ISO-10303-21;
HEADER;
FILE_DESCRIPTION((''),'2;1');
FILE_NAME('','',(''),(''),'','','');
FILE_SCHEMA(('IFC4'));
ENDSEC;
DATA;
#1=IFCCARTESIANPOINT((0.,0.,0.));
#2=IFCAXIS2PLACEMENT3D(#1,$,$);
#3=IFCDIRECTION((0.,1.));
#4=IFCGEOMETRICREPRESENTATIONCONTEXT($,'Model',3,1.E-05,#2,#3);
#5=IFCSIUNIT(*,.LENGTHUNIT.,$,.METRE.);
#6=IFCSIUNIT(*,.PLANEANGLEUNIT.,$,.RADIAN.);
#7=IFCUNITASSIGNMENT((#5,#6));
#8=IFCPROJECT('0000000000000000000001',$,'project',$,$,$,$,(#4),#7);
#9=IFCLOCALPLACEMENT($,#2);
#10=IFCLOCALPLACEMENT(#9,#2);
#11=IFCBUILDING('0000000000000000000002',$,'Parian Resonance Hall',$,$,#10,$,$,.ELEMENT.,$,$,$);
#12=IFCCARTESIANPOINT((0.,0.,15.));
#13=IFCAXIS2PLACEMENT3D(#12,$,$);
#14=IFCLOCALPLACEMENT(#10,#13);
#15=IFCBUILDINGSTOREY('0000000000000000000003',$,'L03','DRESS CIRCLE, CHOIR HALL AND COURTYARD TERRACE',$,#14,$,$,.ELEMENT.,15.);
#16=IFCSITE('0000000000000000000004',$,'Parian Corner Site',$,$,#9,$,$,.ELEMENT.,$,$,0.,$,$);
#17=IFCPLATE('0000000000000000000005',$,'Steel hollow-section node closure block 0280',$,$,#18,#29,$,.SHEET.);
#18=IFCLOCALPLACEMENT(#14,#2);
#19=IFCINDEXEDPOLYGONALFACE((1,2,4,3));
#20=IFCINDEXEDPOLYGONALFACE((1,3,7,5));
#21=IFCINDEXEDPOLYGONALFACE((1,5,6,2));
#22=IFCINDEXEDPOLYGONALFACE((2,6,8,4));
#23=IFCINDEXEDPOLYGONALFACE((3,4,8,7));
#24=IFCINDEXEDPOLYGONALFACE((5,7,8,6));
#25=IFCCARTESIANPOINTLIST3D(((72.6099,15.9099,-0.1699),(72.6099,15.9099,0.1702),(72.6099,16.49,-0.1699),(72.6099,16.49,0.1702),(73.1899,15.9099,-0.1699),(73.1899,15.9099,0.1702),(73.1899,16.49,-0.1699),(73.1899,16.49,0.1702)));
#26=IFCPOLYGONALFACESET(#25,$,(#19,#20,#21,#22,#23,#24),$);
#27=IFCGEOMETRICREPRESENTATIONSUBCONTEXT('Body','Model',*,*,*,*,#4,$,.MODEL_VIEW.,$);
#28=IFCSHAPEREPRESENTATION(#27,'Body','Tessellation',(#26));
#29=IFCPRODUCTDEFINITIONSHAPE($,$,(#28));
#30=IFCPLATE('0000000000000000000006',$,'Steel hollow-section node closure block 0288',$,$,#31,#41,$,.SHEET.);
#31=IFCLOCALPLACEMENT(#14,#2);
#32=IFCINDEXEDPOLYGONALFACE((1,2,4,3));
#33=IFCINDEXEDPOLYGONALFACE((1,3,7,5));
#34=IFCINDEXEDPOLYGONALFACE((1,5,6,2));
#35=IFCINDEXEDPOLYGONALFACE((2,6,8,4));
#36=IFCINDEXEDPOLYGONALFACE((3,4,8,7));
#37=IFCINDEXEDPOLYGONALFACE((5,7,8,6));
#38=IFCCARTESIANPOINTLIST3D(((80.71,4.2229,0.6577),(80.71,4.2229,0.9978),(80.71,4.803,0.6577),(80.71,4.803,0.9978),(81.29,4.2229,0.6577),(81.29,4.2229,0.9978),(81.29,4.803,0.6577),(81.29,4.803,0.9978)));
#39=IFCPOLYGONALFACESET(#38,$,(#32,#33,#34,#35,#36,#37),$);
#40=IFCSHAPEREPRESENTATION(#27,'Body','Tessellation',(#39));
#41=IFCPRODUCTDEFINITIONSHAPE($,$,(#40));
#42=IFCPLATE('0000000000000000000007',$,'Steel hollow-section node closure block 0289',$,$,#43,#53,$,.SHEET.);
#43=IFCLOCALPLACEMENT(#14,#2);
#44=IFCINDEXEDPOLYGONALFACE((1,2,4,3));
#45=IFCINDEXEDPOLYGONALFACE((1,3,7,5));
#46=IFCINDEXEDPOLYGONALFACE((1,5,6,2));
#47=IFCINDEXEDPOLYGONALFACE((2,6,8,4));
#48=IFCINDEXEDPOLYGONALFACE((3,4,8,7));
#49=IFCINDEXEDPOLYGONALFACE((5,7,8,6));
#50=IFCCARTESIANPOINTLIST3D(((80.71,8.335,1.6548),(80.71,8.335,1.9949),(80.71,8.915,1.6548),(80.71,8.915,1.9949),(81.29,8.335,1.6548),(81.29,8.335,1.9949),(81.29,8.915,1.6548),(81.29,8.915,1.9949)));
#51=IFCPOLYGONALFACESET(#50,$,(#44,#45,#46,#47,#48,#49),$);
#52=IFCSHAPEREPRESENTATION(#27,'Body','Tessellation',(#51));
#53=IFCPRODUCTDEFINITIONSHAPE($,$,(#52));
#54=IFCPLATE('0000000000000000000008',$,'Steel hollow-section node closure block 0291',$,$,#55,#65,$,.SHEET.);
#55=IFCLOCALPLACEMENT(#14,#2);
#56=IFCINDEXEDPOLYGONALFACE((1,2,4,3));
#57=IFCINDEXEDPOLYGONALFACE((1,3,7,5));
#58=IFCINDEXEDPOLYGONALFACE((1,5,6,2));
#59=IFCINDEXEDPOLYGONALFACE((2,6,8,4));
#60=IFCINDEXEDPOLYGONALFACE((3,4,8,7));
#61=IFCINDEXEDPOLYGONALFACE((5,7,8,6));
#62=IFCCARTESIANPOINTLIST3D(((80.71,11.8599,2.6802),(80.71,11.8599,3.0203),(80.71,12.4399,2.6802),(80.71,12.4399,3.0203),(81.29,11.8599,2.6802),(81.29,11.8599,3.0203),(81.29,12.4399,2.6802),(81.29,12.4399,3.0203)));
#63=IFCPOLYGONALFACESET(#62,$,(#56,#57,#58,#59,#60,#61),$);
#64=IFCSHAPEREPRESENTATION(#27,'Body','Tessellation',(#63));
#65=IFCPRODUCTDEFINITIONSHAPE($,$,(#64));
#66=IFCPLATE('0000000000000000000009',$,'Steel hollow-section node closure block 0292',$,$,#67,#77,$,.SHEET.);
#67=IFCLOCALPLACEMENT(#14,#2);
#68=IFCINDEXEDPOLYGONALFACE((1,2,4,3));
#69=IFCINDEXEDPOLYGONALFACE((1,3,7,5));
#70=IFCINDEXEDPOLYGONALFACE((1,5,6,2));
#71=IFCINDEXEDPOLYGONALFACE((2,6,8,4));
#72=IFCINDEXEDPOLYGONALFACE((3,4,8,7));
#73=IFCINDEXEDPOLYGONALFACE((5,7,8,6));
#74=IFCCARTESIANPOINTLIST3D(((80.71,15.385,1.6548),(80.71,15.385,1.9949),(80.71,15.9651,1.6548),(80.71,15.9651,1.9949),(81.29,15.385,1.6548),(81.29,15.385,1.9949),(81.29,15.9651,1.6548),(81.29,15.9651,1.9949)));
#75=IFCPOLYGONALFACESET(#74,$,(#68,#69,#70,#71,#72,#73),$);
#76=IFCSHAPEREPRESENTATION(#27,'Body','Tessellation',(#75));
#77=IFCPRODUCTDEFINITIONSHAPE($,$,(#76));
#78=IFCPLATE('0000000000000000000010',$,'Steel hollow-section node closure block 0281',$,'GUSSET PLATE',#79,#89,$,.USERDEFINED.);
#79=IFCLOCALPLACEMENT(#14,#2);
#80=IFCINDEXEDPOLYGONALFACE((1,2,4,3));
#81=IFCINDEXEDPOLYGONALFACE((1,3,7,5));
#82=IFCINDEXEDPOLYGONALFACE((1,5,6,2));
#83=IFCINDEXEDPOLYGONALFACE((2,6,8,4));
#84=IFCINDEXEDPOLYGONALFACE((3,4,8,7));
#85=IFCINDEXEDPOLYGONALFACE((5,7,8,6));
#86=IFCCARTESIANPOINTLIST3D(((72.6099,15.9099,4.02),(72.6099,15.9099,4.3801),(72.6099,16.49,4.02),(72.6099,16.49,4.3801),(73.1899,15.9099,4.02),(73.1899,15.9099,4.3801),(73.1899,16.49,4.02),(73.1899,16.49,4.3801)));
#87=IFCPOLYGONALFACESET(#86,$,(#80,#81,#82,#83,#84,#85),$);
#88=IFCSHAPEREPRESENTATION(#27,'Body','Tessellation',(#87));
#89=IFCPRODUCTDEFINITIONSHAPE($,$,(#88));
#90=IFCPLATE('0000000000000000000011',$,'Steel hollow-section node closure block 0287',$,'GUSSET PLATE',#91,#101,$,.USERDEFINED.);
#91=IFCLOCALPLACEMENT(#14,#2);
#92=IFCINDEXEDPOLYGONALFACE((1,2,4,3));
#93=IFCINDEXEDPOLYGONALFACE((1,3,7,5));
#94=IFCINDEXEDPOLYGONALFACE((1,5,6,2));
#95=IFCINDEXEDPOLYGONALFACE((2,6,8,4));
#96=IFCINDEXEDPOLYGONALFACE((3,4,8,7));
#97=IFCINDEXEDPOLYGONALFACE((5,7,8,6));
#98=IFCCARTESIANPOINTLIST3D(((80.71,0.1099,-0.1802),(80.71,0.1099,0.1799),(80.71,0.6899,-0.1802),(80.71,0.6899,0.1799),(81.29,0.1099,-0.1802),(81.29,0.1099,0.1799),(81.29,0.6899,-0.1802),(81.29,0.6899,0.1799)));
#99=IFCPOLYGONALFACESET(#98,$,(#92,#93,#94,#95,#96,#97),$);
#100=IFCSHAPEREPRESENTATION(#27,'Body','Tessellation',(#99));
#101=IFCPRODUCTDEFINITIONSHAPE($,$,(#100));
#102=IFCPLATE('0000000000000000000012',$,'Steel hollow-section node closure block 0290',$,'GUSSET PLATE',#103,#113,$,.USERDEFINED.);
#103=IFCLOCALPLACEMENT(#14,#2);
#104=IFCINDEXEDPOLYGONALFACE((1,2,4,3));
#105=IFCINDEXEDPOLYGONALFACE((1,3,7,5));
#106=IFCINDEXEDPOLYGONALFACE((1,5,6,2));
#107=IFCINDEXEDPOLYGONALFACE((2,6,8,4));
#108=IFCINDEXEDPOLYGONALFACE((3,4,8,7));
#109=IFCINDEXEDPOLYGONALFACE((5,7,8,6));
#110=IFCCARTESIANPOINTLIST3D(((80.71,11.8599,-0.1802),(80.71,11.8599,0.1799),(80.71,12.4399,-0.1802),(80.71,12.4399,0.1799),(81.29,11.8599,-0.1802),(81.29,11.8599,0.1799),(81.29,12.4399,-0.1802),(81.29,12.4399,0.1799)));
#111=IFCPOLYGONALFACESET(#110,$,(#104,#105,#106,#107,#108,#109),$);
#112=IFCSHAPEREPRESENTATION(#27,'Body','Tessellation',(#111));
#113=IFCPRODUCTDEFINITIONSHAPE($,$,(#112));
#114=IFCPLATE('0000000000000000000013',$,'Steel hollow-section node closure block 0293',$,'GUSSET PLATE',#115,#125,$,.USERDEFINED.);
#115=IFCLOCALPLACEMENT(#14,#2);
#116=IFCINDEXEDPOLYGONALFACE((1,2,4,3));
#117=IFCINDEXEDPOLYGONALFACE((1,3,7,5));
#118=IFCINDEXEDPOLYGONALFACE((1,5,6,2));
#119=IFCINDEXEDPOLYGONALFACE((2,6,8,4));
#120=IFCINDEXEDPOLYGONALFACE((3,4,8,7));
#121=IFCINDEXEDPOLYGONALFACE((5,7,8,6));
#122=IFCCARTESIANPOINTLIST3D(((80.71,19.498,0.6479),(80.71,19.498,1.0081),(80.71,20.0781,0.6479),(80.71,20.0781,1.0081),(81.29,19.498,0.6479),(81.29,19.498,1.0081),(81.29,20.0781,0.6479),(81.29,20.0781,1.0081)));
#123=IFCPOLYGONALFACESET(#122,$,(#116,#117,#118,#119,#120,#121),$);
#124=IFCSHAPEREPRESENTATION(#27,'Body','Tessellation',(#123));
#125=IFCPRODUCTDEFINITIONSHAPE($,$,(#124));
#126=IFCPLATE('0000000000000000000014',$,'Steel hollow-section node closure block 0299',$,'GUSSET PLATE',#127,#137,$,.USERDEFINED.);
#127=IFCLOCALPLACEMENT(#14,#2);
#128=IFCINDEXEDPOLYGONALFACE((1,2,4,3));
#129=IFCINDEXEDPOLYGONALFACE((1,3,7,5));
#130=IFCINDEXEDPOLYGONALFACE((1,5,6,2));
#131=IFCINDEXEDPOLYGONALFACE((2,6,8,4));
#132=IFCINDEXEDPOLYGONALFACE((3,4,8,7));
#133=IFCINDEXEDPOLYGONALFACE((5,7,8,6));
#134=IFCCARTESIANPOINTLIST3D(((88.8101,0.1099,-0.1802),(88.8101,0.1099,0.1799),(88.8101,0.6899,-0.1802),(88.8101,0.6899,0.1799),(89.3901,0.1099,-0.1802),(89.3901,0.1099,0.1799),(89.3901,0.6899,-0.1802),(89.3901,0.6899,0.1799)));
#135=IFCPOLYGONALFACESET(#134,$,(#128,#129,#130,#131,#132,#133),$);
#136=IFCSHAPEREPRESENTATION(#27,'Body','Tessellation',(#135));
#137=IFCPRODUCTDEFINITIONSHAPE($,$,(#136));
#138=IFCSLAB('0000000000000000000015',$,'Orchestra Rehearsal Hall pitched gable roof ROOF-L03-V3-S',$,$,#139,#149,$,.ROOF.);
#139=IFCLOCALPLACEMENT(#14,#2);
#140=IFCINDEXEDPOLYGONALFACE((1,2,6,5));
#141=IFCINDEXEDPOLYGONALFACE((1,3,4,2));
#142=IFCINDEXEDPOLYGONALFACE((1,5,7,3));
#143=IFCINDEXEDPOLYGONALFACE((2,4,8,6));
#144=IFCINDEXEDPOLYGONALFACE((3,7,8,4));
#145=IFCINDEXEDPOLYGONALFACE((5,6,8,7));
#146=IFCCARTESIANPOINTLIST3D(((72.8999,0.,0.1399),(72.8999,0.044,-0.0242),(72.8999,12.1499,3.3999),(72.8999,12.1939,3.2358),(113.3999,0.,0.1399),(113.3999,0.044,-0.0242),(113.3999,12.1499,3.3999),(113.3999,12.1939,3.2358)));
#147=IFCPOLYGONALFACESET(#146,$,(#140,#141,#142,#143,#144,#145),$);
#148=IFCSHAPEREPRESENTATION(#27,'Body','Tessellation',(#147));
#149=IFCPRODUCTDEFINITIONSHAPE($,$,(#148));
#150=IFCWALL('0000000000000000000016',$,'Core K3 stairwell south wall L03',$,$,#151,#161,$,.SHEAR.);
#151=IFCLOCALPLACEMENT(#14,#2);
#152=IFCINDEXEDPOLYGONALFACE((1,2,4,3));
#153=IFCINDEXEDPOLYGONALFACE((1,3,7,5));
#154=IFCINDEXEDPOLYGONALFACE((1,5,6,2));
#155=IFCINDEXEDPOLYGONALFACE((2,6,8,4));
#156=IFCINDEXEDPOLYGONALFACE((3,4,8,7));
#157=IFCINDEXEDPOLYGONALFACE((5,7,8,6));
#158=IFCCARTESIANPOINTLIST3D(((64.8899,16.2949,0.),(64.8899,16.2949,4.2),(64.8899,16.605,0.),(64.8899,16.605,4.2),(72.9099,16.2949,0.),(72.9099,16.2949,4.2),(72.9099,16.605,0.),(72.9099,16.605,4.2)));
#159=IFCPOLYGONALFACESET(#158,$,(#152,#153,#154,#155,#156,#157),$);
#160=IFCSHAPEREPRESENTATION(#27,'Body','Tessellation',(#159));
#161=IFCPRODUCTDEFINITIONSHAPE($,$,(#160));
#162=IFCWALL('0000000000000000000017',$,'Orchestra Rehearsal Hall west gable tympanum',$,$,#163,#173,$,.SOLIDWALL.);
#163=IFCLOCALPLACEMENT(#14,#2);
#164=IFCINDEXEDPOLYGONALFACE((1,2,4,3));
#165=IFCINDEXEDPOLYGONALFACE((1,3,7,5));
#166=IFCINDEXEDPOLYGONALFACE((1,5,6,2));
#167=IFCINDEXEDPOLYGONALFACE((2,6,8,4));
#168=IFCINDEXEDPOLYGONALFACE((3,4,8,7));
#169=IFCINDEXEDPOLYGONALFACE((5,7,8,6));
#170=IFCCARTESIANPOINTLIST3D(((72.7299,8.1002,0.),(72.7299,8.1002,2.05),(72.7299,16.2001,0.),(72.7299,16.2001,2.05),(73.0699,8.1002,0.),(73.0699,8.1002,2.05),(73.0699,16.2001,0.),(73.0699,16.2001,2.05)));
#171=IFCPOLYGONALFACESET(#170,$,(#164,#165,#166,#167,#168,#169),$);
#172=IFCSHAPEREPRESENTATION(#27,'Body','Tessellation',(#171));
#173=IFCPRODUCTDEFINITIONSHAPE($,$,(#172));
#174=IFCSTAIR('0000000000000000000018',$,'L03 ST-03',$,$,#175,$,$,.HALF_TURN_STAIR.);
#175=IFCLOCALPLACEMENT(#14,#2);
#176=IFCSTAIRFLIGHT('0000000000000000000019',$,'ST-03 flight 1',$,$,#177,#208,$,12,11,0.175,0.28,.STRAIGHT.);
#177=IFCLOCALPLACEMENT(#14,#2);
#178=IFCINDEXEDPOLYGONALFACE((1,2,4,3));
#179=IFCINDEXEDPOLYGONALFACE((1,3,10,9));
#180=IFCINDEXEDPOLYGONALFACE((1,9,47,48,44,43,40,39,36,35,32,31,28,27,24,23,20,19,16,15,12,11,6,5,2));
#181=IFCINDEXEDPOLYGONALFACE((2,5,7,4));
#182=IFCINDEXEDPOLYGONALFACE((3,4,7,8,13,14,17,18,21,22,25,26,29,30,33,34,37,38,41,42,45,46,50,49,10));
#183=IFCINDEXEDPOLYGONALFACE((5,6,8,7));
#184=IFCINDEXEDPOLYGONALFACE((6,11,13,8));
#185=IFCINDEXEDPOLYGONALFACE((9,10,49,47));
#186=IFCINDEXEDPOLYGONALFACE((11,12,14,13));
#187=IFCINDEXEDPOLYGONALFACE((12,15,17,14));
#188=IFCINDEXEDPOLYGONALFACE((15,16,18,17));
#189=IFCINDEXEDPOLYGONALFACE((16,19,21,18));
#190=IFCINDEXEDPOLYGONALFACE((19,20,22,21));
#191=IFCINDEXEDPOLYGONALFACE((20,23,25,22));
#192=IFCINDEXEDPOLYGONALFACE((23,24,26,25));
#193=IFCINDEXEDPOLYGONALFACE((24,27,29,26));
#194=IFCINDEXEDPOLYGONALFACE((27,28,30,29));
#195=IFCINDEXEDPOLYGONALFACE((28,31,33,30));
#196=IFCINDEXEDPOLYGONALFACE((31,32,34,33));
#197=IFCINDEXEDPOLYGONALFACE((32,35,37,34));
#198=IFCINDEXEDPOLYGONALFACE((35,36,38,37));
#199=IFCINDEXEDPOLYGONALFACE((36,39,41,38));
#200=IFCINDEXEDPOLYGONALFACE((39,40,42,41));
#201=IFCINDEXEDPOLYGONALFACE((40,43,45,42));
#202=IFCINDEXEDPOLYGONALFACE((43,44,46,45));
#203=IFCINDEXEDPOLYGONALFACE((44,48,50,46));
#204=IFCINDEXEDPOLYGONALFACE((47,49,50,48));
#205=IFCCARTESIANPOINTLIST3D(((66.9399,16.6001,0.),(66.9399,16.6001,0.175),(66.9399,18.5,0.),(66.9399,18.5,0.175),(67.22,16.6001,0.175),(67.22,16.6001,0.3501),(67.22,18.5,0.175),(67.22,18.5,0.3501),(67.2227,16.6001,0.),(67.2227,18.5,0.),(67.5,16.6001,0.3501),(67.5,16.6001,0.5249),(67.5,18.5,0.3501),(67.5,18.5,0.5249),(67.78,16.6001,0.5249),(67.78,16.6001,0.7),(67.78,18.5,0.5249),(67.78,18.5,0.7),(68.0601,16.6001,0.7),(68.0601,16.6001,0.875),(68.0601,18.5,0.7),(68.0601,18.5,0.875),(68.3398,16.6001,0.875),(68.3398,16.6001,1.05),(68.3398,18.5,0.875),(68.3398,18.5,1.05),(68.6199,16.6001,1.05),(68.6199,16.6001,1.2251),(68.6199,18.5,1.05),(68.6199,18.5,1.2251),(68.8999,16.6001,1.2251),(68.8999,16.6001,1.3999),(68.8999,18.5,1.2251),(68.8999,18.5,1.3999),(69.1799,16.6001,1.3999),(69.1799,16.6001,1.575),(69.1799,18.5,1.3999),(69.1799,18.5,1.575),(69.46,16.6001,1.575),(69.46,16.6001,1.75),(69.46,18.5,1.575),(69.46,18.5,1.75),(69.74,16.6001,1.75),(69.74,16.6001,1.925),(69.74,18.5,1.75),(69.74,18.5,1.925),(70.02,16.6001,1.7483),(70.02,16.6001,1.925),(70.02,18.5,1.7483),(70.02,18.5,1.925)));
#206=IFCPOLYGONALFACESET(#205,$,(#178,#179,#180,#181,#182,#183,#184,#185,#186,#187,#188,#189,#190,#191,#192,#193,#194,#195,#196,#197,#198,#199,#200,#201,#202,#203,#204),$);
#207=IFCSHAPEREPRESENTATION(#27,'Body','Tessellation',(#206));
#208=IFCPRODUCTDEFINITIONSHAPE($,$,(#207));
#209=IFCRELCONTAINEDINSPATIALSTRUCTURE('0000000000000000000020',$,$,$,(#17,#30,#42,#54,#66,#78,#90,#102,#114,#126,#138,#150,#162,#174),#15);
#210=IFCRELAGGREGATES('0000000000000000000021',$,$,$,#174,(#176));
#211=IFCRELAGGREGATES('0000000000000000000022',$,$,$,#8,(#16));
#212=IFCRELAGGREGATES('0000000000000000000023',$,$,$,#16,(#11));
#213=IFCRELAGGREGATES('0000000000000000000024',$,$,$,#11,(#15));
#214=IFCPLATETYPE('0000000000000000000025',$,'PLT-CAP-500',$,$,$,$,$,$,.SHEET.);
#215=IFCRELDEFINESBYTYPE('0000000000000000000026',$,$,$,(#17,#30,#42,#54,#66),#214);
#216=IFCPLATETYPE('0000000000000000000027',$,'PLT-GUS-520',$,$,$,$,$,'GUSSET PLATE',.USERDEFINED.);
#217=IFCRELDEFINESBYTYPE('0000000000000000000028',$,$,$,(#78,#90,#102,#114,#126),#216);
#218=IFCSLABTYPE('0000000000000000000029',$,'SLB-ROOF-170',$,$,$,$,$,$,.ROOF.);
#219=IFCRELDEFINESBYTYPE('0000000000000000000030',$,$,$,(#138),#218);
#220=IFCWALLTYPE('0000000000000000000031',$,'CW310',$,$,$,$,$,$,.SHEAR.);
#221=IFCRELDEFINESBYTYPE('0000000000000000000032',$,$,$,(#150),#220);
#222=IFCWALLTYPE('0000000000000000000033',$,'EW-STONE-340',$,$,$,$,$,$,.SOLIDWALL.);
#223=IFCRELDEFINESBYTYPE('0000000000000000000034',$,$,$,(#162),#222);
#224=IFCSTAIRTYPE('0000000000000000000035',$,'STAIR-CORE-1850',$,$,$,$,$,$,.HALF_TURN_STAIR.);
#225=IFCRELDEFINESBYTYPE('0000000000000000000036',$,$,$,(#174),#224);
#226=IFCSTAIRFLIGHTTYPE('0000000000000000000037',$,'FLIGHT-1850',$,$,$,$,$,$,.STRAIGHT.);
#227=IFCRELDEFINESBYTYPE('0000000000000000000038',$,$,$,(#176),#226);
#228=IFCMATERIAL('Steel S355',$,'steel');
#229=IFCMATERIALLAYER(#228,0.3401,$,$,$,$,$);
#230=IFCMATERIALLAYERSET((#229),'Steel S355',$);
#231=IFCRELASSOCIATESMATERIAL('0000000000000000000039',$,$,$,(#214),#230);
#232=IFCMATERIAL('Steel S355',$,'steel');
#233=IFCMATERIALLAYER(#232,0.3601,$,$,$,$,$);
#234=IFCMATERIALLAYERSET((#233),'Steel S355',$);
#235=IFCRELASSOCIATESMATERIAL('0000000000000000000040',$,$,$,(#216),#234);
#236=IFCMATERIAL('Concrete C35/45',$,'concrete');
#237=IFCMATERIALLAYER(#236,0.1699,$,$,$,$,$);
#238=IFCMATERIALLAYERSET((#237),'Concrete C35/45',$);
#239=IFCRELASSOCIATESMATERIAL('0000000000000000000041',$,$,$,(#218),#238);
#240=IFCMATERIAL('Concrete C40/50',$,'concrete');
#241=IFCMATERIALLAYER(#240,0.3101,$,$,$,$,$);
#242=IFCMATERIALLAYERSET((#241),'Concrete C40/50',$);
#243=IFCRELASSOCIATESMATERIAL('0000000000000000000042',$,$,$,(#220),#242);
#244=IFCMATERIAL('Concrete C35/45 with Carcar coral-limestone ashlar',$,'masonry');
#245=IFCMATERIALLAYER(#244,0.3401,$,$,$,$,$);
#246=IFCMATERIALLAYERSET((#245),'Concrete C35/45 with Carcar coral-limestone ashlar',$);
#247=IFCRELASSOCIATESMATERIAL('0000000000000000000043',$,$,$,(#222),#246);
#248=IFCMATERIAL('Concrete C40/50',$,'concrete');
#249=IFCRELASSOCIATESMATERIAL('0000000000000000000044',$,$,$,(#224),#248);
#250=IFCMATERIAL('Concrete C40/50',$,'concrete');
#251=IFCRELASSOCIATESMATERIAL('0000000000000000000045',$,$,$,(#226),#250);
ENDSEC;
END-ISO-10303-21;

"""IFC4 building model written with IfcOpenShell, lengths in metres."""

from ifc_helpers import new_model, si_unit, direction, frame, frame_2d, origin, origin_2d, place, context, subcontext, project, spatial, polyline, rectangle, outline, extrude, material, layer, layer_set, type_object, element, aggregate, save


model = new_model("IFC4")

# Units and contexts
model_context = context("Model", 3, precision=1e-05, world=origin(), true_north=direction((0.0, 1.0)))
body_context = subcontext(model_context, "Body", "Model", "MODEL_VIEW")
ifc_project = project(units=[si_unit("LENGTHUNIT", "METRE"), si_unit("PLANEANGLEUNIT", "RADIAN")], contexts=[model_context])

# Site, building, storey
site_placement = place(None, origin())
site = spatial("IfcSite", under=ifc_project, at=site_placement, Name="Parian Corner Site", CompositionType="ELEMENT", RefElevation=0.0)
building_placement = place(site_placement, origin())
building = spatial("IfcBuilding", under=site, at=building_placement, Name="Parian Resonance Hall", CompositionType="ELEMENT")
storey_placement = place(building_placement, frame((0.0, 0.0, 15.0)))
storey = spatial("IfcBuildingStorey", under=building, at=storey_placement, Name="L03", Description="DRESS CIRCLE, CHOIR HALL AND COURTYARD TERRACE", CompositionType="ELEMENT", Elevation=15.0)

# Plates
ifc_material_1 = material(Name="Steel S355", Category="steel")
ifc_layer_1 = layer(ifc_material_1, 0.3401)
ifc_layer_set_1 = layer_set([ifc_layer_1], Name="Steel S355")
plate_type_1 = type_object("IfcPlateType", Name="PLT-CAP-500", PredefinedType="SHEET", material=ifc_layer_set_1)
for number, where, z_axis, x_axis, name in (
    (1, (72.8999, 16.2, -0.1699), (0.0, 0.0, 1.0), (1.0, 0.0, 0.0), "Steel hollow-section node closure block 0280"),
    (2, (81.0, 4.5129, 0.6577), (0.0, 0.0, 1.0), (1.0, 0.0, 0.0), "Steel hollow-section node closure block 0288"),
    (3, (81.0, 8.625, 1.6548), (0.0, 0.0, 1.0), (1.0, 0.0, 0.0), "Steel hollow-section node closure block 0289"),
    (4, (81.0, 12.1499, 2.6802), (0.0, 0.0, 1.0), (1.0, 0.0, 0.0), "Steel hollow-section node closure block 0291"),
    (5, (81.0, 15.675, 1.6548), (0.0, 0.0, 1.0), (1.0, 0.0, 0.0), "Steel hollow-section node closure block 0292"),
):
    element("IfcPlate", number, at=place(storey_placement, frame(where, z_axis=z_axis, x_axis=x_axis)), inside=storey, type_object=plate_type_1, Name=name, PredefinedType="SHEET", context=body_context, shape_type="SweptSolid", body=[
        extrude(rectangle(XDim=0.5801, YDim=0.5801, at=origin_2d()), origin(), (0.0, 0.0, 1.0), 0.3401),
    ])
ifc_material_2 = material(Name="Steel S355", Category="steel")
ifc_layer_2 = layer(ifc_material_2, 0.3601)
ifc_layer_set_2 = layer_set([ifc_layer_2], Name="Steel S355")
plate_type_2 = type_object("IfcPlateType", Name="PLT-GUS-520", ElementType="GUSSET PLATE", PredefinedType="USERDEFINED", material=ifc_layer_set_2)
for number, where, z_axis, x_axis, name in (
    (6, (72.8999, 16.2, 4.02), (0.0, 0.0, 1.0), (1.0, 0.0, 0.0), "Steel hollow-section node closure block 0281"),
    (7, (81.0, 0.3999, -0.1802), (0.0, 0.0, 1.0), (1.0, 0.0, 0.0), "Steel hollow-section node closure block 0287"),
    (8, (81.0, 12.1499, -0.1802), (0.0, 0.0, 1.0), (1.0, 0.0, 0.0), "Steel hollow-section node closure block 0290"),
    (9, (81.0, 19.7881, 0.6479), (0.0, 0.0, 1.0), (1.0, 0.0, 0.0), "Steel hollow-section node closure block 0293"),
    (10, (89.1001, 0.3999, -0.1802), (0.0, 0.0, 1.0), (1.0, 0.0, 0.0), "Steel hollow-section node closure block 0299"),
):
    element("IfcPlate", number, at=place(storey_placement, frame(where, z_axis=z_axis, x_axis=x_axis)), inside=storey, type_object=plate_type_2, Name=name, ObjectType="GUSSET PLATE", PredefinedType="USERDEFINED", context=body_context, shape_type="SweptSolid", body=[
        extrude(rectangle(XDim=0.5801, YDim=0.5801, at=origin_2d()), origin(), (0.0, 0.0, 1.0), 0.3601),
    ])

# Slab
ifc_material_3 = material(Name="Concrete C35/45", Category="concrete")
ifc_layer_3 = layer(ifc_material_3, 0.1699)
ifc_layer_set_3 = layer_set([ifc_layer_3], Name="Concrete C35/45")
slab_type = type_object("IfcSlabType", Name="SLB-ROOF-170", PredefinedType="ROOF", material=ifc_layer_set_3)
slab_placement = place(storey_placement, frame((72.8999, 0.0, 0.1399), z_axis=(0.0, -0.259149, 0.965837), x_axis=(1.0, 0.0, 0.0)))
element("IfcSlab", 11, at=slab_placement, inside=storey, type_object=slab_type, Name="Orchestra Rehearsal Hall pitched gable roof ROOF-L03-V3-S", PredefinedType="ROOF", context=body_context, shape_type="SweptSolid", body=[
    extrude(outline(polyline([(0.0, 0.0), (40.5, 0.0), (40.5, 12.5797), (0.0, 12.5797), (0.0, 0.0)])), origin(), (0.0, 0.0, -1.0), 0.1699),
])

# Walls
ifc_material_4 = material(Name="Concrete C40/50", Category="concrete")
ifc_layer_4 = layer(ifc_material_4, 0.3101)
ifc_layer_set_4 = layer_set([ifc_layer_4], Name="Concrete C40/50")
wall_type_1 = type_object("IfcWallType", Name="CW310", PredefinedType="SHEAR", material=ifc_layer_set_4)
wall_1_placement = place(storey_placement, frame((72.9099, 16.45, 0.0), z_axis=(0.0, 0.0, 1.0), x_axis=(-1.0, 0.0, 0.0)))
element("IfcWall", 12, at=wall_1_placement, inside=storey, type_object=wall_type_1, Name="Core K3 stairwell south wall L03", PredefinedType="SHEAR", context=body_context, shape_type="SweptSolid", body=[
    extrude(rectangle(XDim=8.02, YDim=0.3101, at=frame_2d((4.01, 0.0))), origin(), (0.0, 0.0, 1.0), 4.2),
])
ifc_material_5 = material(Name="Concrete C35/45 with Carcar coral-limestone ashlar", Category="masonry")
ifc_layer_5 = layer(ifc_material_5, 0.3401)
ifc_layer_set_5 = layer_set([ifc_layer_5], Name="Concrete C35/45 with Carcar coral-limestone ashlar")
wall_type_2 = type_object("IfcWallType", Name="EW-STONE-340", PredefinedType="SOLIDWALL", material=ifc_layer_set_5)
wall_2_placement = place(storey_placement, frame((72.8999, 16.2, 0.0), z_axis=(0.0, 0.0, 1.0), x_axis=(0.0, -1.0, 0.0)))
element("IfcWall", 13, at=wall_2_placement, inside=storey, type_object=wall_type_2, Name="Orchestra Rehearsal Hall west gable tympanum", PredefinedType="SOLIDWALL", context=body_context, shape_type="SweptSolid", body=[
    extrude(rectangle(XDim=8.0999, YDim=0.3401, at=frame_2d((4.0498, 0.0))), origin(), (0.0, 0.0, 1.0), 2.05),
])

# Stair, stair flight
ifc_material_6 = material(Name="Concrete C40/50", Category="concrete")
stair_type = type_object("IfcStairType", Name="STAIR-CORE-1850", PredefinedType="HALF_TURN_STAIR", material=ifc_material_6)
stair_placement = place(storey_placement, origin())
stair = element("IfcStair", 14, at=stair_placement, inside=storey, type_object=stair_type, Name="L03 ST-03", PredefinedType="HALF_TURN_STAIR")
ifc_material_7 = material(Name="Concrete C40/50", Category="concrete")
stair_flight_type = type_object("IfcStairFlightType", Name="FLIGHT-1850", PredefinedType="STRAIGHT", material=ifc_material_7)
stair_flight_1_placement = place(storey_placement, frame((66.9399, 17.55, 0.0), z_axis=(0.0, 0.0, 1.0), x_axis=(1.0, 0.0, 0.0)))
stair_flight_1 = element("IfcStairFlight", 15, at=stair_flight_1_placement, type_object=stair_flight_type, Name="ST-03 flight 1", NumberOfRisers=12, NumberOfTreads=11, PredefinedType="STRAIGHT", RiserHeight=0.175, TreadLength=0.28, context=body_context, shape_type="SweptSolid", body=[
    extrude(outline(polyline([(0.0, 0.0), (0.0, 0.175), (0.28, 0.175), (0.28, 0.3501), (0.5601, 0.3501), (0.5601, 0.5249), (0.8401, 0.5249), (0.8401, 0.7), (1.1201, 0.7), (1.1201, 0.875), (1.3999, 0.875), (1.3999, 1.05), (1.6799, 1.05), (1.6799, 1.2251), (1.96, 1.2251), (1.96, 1.3999), (2.24, 1.3999), (2.24, 1.575), (2.52, 1.575), (2.52, 1.75), (2.8, 1.75), (2.8, 1.925), (3.0801, 1.925), (3.0801, 2.1001), (3.0801, 1.7483), (0.2827, 0.0), (0.0, 0.0)])), frame((0.0, 0.95, 0.0), z_axis=(0.0, -1.0, 0.0), x_axis=(1.0, 0.0, 0.0)), (0.0, 0.0, 1.0), 1.8999),
])
aggregate(stair, [stair_flight_1])

save(model, "model.ifc")
